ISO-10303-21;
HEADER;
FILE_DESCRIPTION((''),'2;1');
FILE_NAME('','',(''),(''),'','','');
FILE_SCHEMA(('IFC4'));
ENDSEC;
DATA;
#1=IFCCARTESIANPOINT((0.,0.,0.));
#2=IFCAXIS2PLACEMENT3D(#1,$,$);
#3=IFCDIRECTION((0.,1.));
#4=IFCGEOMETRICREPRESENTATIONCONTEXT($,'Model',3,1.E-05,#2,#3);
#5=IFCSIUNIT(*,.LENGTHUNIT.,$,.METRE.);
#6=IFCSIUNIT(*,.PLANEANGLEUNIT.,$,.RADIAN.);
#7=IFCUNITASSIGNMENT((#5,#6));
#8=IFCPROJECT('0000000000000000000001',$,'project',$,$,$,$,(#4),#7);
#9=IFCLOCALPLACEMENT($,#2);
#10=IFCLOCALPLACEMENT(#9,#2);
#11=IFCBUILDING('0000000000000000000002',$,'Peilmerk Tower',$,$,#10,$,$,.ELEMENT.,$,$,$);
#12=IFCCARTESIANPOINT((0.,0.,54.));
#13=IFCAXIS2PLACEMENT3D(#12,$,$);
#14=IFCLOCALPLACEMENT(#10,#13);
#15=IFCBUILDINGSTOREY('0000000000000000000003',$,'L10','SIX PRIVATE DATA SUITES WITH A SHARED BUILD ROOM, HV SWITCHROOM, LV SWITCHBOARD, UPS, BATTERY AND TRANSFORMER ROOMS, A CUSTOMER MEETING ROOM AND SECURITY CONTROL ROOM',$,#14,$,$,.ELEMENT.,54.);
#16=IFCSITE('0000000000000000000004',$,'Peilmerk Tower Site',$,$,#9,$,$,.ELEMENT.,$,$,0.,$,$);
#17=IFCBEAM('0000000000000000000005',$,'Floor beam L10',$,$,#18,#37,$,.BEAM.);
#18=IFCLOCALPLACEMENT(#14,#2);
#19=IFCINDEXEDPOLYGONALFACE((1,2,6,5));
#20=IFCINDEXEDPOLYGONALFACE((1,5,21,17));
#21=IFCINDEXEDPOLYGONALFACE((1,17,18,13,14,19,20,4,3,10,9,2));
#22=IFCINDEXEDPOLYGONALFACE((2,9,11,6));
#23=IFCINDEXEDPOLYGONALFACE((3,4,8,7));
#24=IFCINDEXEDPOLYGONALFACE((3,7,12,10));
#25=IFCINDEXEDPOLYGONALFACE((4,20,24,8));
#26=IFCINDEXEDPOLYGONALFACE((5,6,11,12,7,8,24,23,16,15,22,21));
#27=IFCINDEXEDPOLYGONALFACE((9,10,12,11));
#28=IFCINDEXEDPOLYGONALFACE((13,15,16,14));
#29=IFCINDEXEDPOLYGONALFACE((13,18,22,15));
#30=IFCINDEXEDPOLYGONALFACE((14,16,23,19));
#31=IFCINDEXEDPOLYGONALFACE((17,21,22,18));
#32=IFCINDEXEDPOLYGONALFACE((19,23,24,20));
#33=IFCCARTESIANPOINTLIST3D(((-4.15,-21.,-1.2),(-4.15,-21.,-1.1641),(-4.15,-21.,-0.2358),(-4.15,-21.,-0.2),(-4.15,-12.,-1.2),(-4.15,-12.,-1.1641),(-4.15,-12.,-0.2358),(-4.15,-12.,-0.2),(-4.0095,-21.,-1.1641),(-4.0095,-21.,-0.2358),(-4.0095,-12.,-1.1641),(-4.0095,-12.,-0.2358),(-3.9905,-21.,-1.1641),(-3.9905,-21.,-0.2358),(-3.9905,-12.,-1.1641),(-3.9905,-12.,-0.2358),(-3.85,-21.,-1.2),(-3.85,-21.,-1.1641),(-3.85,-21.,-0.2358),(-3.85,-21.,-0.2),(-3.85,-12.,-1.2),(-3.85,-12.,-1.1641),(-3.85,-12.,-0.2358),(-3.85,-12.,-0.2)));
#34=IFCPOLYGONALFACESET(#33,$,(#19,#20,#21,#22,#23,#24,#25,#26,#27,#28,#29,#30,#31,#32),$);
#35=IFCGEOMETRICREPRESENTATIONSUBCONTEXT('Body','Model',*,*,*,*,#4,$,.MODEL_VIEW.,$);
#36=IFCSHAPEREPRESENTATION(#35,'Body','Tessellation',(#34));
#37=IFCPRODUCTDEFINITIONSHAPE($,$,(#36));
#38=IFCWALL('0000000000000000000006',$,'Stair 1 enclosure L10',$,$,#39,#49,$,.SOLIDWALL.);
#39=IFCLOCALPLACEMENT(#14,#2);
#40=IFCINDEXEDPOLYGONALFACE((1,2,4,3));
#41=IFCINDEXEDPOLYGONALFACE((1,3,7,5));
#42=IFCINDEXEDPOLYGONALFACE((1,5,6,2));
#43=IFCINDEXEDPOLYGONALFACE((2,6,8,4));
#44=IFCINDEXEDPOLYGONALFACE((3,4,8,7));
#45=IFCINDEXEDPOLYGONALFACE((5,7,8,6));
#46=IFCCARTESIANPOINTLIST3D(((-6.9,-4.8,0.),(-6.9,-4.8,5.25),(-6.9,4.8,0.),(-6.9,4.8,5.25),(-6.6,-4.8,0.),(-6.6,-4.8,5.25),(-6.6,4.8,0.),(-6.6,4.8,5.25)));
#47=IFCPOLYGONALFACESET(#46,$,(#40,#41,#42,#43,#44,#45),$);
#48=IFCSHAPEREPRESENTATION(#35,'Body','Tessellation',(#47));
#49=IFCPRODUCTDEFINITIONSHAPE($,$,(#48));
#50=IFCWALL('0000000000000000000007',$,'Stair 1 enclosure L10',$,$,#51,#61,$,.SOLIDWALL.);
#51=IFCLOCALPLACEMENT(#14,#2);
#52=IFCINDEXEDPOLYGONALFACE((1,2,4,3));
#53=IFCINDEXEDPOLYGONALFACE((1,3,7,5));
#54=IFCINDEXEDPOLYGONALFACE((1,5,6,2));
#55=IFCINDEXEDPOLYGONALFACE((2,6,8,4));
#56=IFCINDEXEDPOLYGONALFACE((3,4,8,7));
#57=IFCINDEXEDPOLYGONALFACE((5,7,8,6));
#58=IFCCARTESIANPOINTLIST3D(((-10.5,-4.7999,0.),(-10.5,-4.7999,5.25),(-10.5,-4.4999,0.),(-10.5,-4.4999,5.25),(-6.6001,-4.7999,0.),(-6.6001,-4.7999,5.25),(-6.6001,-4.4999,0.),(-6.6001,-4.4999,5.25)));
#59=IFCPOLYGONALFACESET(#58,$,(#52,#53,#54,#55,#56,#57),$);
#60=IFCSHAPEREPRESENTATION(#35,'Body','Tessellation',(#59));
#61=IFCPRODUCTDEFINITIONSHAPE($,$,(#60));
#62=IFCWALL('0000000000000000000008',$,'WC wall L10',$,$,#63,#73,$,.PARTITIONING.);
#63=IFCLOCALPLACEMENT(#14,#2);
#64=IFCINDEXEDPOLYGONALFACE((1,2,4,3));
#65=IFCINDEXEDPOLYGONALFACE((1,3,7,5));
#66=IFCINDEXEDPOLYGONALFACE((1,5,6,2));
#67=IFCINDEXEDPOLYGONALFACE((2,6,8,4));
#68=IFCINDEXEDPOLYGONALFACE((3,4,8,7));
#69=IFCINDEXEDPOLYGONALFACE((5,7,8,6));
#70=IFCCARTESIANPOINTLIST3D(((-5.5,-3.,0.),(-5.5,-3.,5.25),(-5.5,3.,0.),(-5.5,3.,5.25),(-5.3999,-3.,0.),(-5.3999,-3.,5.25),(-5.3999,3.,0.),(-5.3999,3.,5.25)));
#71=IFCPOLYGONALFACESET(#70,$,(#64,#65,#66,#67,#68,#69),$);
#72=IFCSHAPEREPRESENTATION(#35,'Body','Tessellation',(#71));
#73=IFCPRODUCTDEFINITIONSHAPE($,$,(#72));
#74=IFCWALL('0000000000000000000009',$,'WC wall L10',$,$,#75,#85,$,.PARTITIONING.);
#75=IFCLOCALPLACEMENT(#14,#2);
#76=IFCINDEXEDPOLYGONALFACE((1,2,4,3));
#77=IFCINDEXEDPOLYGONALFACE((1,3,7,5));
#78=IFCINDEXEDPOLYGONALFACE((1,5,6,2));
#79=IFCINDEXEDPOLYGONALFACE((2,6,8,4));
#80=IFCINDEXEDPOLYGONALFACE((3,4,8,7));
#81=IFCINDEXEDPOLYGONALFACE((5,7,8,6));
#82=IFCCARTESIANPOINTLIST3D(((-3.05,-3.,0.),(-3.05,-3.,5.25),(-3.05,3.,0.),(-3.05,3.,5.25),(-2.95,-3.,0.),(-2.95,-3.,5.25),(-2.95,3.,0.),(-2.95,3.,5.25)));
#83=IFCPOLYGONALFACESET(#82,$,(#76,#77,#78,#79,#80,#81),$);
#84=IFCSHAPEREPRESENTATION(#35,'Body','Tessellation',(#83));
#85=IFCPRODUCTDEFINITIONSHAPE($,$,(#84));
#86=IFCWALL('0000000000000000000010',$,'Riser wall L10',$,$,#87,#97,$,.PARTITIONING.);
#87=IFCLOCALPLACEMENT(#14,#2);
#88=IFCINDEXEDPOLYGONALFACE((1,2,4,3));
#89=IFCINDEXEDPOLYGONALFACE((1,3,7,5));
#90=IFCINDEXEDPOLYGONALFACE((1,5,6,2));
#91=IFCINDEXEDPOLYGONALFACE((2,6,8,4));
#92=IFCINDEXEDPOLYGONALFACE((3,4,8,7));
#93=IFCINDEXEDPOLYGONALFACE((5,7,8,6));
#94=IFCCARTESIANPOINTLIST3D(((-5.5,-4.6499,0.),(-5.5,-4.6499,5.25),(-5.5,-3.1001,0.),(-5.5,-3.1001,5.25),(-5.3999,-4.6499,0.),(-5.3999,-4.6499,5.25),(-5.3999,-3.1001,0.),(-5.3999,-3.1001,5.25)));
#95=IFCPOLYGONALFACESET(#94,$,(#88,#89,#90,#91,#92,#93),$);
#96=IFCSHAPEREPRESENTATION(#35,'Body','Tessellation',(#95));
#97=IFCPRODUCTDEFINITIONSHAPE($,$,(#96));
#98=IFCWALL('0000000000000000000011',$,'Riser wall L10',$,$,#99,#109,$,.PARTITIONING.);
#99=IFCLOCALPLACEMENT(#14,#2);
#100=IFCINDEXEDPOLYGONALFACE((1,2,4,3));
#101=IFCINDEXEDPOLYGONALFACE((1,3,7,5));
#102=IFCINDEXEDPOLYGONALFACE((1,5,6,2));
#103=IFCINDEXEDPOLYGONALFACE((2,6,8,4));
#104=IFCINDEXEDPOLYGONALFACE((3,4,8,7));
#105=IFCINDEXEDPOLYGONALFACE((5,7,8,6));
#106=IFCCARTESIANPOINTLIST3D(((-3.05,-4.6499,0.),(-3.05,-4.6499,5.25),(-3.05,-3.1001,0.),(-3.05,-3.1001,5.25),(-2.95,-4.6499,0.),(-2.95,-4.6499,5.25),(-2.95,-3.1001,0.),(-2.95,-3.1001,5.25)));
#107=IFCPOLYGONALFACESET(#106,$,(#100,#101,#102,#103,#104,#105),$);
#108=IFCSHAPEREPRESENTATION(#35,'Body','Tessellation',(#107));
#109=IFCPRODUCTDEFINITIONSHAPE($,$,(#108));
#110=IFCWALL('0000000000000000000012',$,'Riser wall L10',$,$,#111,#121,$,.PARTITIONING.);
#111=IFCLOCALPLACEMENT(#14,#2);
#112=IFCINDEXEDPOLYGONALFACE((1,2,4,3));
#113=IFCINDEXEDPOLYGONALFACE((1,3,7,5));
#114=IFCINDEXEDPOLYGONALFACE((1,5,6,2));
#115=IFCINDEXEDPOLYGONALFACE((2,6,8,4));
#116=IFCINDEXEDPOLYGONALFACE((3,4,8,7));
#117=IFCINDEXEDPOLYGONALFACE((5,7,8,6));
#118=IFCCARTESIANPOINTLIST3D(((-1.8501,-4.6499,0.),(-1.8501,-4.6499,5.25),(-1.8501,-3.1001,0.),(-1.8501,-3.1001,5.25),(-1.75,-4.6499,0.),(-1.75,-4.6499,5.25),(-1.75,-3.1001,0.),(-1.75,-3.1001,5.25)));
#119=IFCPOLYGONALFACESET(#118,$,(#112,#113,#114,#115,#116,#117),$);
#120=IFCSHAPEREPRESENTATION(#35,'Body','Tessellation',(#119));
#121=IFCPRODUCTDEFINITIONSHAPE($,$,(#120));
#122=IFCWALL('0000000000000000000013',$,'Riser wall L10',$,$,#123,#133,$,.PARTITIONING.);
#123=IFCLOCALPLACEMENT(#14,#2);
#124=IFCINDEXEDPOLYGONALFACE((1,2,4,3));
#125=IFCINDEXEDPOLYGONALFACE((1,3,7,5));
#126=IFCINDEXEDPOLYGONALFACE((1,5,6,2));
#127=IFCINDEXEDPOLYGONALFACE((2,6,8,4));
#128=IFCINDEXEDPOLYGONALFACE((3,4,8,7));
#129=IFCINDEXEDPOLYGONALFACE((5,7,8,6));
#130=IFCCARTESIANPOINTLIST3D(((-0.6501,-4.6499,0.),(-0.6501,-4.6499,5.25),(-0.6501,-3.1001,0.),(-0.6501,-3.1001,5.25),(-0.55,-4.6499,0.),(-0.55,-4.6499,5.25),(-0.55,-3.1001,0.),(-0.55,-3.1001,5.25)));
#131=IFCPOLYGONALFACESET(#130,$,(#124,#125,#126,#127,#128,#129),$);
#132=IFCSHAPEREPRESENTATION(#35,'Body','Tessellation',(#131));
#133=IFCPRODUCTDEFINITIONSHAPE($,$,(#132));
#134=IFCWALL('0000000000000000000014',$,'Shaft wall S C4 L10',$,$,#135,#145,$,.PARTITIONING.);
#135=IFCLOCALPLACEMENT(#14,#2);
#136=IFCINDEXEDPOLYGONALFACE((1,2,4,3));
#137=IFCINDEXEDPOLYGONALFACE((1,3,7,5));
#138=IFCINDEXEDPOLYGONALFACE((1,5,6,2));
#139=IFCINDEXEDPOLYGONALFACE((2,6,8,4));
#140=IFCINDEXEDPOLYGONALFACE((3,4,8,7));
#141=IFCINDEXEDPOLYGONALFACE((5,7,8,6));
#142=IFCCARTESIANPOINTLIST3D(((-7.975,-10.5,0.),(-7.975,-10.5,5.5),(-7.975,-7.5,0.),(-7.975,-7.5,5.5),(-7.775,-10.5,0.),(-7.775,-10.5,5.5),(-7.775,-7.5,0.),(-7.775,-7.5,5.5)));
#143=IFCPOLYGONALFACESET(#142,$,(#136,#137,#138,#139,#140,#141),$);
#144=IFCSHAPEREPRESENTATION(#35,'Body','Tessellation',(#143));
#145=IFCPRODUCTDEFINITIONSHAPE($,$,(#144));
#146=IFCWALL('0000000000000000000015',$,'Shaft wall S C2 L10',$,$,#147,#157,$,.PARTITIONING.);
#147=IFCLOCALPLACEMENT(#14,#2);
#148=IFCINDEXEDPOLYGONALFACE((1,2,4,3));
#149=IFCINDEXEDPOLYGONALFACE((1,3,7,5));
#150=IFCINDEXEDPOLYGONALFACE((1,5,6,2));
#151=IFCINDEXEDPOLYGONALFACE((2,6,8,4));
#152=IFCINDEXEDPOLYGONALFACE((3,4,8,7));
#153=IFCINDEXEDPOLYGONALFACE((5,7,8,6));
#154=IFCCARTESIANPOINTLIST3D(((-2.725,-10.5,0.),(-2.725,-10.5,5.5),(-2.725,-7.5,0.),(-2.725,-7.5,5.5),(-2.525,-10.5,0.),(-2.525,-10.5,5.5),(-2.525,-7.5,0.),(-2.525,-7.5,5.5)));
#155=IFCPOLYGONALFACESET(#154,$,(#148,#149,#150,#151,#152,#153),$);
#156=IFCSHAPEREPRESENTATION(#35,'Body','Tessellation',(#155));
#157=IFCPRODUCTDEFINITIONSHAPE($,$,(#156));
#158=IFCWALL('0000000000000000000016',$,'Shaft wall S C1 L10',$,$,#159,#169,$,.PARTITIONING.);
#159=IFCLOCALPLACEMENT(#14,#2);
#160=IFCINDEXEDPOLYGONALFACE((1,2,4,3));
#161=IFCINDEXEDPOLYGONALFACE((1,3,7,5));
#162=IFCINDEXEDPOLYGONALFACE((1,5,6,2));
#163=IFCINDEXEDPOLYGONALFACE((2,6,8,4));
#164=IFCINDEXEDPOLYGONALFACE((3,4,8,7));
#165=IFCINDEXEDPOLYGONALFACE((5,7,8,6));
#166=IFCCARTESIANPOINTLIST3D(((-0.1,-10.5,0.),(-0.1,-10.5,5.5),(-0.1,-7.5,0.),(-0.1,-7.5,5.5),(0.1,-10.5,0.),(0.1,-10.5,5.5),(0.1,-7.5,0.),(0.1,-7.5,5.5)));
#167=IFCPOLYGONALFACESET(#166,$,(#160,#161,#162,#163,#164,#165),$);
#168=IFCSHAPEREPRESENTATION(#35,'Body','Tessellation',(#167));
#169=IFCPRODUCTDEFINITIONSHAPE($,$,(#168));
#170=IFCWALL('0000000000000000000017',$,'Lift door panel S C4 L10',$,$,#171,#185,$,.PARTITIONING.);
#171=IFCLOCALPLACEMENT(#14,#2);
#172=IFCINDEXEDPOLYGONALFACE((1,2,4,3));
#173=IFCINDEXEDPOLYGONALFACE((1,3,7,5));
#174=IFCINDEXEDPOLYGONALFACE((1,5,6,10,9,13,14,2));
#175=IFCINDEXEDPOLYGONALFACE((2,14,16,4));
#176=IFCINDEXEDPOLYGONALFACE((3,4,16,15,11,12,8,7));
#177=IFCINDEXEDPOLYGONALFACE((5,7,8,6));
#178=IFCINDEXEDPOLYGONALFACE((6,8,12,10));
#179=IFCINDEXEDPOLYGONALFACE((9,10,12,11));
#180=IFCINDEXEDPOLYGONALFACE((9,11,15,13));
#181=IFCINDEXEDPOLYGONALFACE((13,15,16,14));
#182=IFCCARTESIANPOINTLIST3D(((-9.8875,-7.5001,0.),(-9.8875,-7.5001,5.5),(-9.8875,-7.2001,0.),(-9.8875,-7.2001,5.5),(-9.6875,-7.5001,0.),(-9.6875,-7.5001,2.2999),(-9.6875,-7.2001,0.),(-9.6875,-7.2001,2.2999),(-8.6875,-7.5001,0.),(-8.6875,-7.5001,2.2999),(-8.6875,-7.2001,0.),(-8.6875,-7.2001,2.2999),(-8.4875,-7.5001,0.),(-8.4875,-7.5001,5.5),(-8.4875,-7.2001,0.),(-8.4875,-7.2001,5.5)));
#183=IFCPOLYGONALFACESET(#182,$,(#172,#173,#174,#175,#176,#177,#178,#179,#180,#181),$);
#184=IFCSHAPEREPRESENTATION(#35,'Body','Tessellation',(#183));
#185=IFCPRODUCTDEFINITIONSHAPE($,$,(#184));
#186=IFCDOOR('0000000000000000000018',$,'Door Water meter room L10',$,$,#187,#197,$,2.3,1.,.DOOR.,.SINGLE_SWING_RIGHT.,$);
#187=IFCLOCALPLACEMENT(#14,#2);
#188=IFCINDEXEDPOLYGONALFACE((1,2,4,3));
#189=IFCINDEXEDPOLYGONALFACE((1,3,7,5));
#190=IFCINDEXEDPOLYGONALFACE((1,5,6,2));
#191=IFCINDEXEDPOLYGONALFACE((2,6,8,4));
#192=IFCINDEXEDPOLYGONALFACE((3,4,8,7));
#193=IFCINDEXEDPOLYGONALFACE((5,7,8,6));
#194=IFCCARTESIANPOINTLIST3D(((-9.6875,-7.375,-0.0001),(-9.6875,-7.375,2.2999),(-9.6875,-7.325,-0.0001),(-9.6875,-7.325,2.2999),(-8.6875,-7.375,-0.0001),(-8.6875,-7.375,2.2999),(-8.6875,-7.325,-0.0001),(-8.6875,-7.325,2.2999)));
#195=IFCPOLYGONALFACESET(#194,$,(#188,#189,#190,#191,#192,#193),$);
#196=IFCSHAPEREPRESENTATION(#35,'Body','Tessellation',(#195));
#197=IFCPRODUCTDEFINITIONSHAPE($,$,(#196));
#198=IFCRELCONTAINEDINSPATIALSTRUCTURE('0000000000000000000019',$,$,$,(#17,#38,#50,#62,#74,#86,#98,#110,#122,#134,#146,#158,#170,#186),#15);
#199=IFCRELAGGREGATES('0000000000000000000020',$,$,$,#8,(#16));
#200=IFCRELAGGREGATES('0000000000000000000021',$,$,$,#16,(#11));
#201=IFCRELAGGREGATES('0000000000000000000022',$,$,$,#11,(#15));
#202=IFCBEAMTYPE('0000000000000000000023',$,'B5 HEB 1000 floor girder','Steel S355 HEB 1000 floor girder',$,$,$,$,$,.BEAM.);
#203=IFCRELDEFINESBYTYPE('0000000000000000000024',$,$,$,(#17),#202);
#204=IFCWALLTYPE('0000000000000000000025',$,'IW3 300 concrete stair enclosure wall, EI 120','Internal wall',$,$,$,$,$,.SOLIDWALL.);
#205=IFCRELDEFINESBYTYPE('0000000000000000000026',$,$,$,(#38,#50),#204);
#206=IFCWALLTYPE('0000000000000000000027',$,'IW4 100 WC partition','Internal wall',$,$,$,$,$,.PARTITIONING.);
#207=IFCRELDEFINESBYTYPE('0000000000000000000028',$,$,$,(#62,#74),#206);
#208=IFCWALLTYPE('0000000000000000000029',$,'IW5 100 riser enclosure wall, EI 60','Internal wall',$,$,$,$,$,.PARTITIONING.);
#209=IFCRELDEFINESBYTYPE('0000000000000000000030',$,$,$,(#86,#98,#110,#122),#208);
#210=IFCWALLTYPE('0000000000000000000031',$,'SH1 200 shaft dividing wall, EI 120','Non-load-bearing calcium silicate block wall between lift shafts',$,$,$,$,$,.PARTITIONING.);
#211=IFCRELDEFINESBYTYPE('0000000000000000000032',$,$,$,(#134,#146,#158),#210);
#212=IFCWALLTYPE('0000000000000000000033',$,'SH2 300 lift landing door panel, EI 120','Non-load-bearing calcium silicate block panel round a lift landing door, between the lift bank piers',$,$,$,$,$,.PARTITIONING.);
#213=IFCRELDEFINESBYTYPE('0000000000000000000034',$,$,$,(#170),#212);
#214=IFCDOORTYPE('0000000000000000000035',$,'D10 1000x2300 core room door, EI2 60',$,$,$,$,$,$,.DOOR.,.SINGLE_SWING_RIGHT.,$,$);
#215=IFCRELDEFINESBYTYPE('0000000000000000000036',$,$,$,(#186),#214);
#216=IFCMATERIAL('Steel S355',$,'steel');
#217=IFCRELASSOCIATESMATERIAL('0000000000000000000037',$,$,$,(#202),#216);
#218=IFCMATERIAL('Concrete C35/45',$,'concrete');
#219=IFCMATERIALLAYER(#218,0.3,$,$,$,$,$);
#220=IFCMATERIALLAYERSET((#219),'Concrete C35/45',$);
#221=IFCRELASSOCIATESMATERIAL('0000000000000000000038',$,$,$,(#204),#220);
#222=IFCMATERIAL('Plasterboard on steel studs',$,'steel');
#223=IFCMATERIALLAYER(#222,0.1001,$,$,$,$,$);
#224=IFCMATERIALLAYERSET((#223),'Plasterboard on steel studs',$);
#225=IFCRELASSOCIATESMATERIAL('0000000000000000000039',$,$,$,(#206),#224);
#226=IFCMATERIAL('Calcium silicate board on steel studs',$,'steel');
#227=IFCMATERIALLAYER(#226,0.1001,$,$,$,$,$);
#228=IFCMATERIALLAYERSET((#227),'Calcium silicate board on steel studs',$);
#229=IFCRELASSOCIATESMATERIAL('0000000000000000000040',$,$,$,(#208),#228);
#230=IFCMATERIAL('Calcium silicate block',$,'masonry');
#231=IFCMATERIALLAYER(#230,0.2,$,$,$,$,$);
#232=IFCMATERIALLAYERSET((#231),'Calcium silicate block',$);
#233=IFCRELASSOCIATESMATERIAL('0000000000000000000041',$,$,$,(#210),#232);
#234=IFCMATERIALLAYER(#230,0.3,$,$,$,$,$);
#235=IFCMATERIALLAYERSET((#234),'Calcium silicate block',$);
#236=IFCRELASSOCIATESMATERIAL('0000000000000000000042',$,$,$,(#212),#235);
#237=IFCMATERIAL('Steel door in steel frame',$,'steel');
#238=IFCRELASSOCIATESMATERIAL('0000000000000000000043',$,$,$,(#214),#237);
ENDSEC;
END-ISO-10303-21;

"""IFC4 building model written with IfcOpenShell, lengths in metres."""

from ifc_helpers import new_model, si_unit, direction, frame, frame_2d, origin, origin_2d, place, context, subcontext, project, spatial, rectangle, i_section, extrude, material, layer, layer_set, material_profile, profile_set, type_object, element, fill, save


model = new_model("IFC4")

# Units and contexts
model_context = context("Model", 3, precision=1e-05, world=origin(), true_north=direction((0.0, 1.0)))
body_context = subcontext(model_context, "Body", "Model", "MODEL_VIEW")
ifc_project = project(units=[si_unit("LENGTHUNIT", "METRE"), si_unit("PLANEANGLEUNIT", "RADIAN")], contexts=[model_context])

# Site, building, storey
site_placement = place(None, origin())
site = spatial("IfcSite", under=ifc_project, at=site_placement, Name="Peilmerk Tower Site", CompositionType="ELEMENT", RefElevation=0.0)
building_placement = place(site_placement, origin())
building = spatial("IfcBuilding", under=site, at=building_placement, Name="Peilmerk Tower", CompositionType="ELEMENT")
storey_placement = place(building_placement, frame((0.0, 0.0, 54.0)))
storey = spatial("IfcBuildingStorey", under=building, at=storey_placement, Name="L10", Description="SIX PRIVATE DATA SUITES WITH A SHARED BUILD ROOM, HV SWITCHROOM, LV SWITCHBOARD, UPS, BATTERY AND TRANSFORMER ROOMS, A CUSTOMER MEETING ROOM AND SECURITY CONTROL ROOM", CompositionType="ELEMENT", Elevation=54.0)

# Beam
ifc_material_1 = material(Name="Steel S355", Category="steel")
ifc_material_profile = material_profile(ifc_material_1, i_section(OverallWidth=0.3, OverallDepth=1.0, WebThickness=0.019, FlangeThickness=0.0359, at=origin_2d()), Name="HEB 1000")
ifc_profile_set = profile_set([ifc_material_profile], Name="Steel S355")
beam_type = type_object("IfcBeamType", Name="B5 HEB 1000 floor girder", Description="Steel S355 HEB 1000 floor girder", PredefinedType="BEAM", material=ifc_profile_set)
beam_placement = place(storey_placement, frame((-4.0, -12.0, -0.7), z_axis=(0.0, -1.0, 0.0), x_axis=(1.0, 0.0, 0.0)))
element("IfcBeam", 1, at=beam_placement, inside=storey, type_object=beam_type, Name="Floor beam L10", PredefinedType="BEAM", context=body_context, shape_type="SweptSolid", body=[
    extrude(i_section(OverallWidth=0.3, OverallDepth=1.0, WebThickness=0.019, FlangeThickness=0.0359, at=origin_2d()), origin(), (0.0, 0.0, 1.0), 9.0),
])

# Walls
ifc_material_2 = material(Name="Concrete C35/45", Category="concrete")
ifc_layer_1 = layer(ifc_material_2, 0.3)
ifc_layer_set_1 = layer_set([ifc_layer_1], Name="Concrete C35/45")
wall_type_1 = type_object("IfcWallType", Name="IW3 300 concrete stair enclosure wall, EI 120", Description="Internal wall", PredefinedType="SOLIDWALL", material=ifc_layer_set_1)
wall_1_placement = place(storey_placement, frame((-6.75, -4.8, 0.0), z_axis=(0.0, 0.0, 1.0), x_axis=(0.0, 1.0, 0.0)))
element("IfcWall", 2, at=wall_1_placement, inside=storey, type_object=wall_type_1, Name="Stair 1 enclosure L10", PredefinedType="SOLIDWALL", context=body_context, shape_type="SweptSolid", body=[
    extrude(rectangle(XDim=9.6001, YDim=0.3, at=frame_2d((4.8, 0.0))), origin(), (0.0, 0.0, 1.0), 5.25),
])
wall_2_placement = place(storey_placement, frame((-6.6001, -4.6499, 0.0), z_axis=(0.0, 0.0, 1.0), x_axis=(-1.0, 0.0, 0.0)))
element("IfcWall", 3, at=wall_2_placement, inside=storey, type_object=wall_type_1, Name="Stair 1 enclosure L10", PredefinedType="SOLIDWALL", context=body_context, shape_type="SweptSolid", body=[
    extrude(rectangle(XDim=3.8999, YDim=0.3, at=frame_2d((1.95, 0.0))), origin(), (0.0, 0.0, 1.0), 5.25),
])
ifc_material_3 = material(Name="Plasterboard on steel studs", Category="steel")
ifc_layer_2 = layer(ifc_material_3, 0.1001)
ifc_layer_set_2 = layer_set([ifc_layer_2], Name="Plasterboard on steel studs")
wall_type_2 = type_object("IfcWallType", Name="IW4 100 WC partition", Description="Internal wall", PredefinedType="PARTITIONING", material=ifc_layer_set_2)
for number, where, z_axis, x_axis, name in (
    (4, (-5.45, -3.0, 0.0), (0.0, 0.0, 1.0), (0.0, 1.0, 0.0), "WC wall L10"),
    (5, (-3.0, -3.0, 0.0), (0.0, 0.0, 1.0), (0.0, 1.0, 0.0), "WC wall L10"),
):
    element("IfcWall", number, at=place(storey_placement, frame(where, z_axis=z_axis, x_axis=x_axis)), inside=storey, type_object=wall_type_2, Name=name, PredefinedType="PARTITIONING", context=body_context, shape_type="SweptSolid", body=[
        extrude(rectangle(XDim=6.0, YDim=0.1001, at=frame_2d((3.0, 0.0))), origin(), (0.0, 0.0, 1.0), 5.25),
    ])
ifc_material_4 = material(Name="Calcium silicate board on steel studs", Category="steel")
ifc_layer_3 = layer(ifc_material_4, 0.1001)
ifc_layer_set_3 = layer_set([ifc_layer_3], Name="Calcium silicate board on steel studs")
wall_type_3 = type_object("IfcWallType", Name="IW5 100 riser enclosure wall, EI 60", Description="Internal wall", PredefinedType="PARTITIONING", material=ifc_layer_set_3)
for number, where, z_axis, x_axis, name in (
    (6, (-5.45, -3.1001, 0.0), (0.0, 0.0, 1.0), (0.0, -1.0, 0.0), "Riser wall L10"),
    (7, (-3.0, -3.1001, 0.0), (0.0, 0.0, 1.0), (0.0, -1.0, 0.0), "Riser wall L10"),
    (8, (-1.8, -3.1001, 0.0), (0.0, 0.0, 1.0), (0.0, -1.0, 0.0), "Riser wall L10"),
    (9, (-0.6001, -3.1001, 0.0), (0.0, 0.0, 1.0), (0.0, -1.0, 0.0), "Riser wall L10"),
):
    element("IfcWall", number, at=place(storey_placement, frame(where, z_axis=z_axis, x_axis=x_axis)), inside=storey, type_object=wall_type_3, Name=name, PredefinedType="PARTITIONING", context=body_context, shape_type="SweptSolid", body=[
        extrude(rectangle(XDim=1.5498, YDim=0.1001, at=frame_2d((0.7749, 0.0))), origin(), (0.0, 0.0, 1.0), 5.25),
    ])
ifc_material_5 = material(Name="Calcium silicate block", Category="masonry")
ifc_layer_4 = layer(ifc_material_5, 0.2)
ifc_layer_set_4 = layer_set([ifc_layer_4], Name="Calcium silicate block")
wall_type_4 = type_object("IfcWallType", Name="SH1 200 shaft dividing wall, EI 120", Description="Non-load-bearing calcium silicate block wall between lift shafts", PredefinedType="PARTITIONING", material=ifc_layer_set_4)
for number, where, z_axis, x_axis, name in (
    (10, (-7.875, -10.5, 0.0), (0.0, 0.0, 1.0), (0.0, 1.0, 0.0), "Shaft wall S C4 L10"),
    (11, (-2.625, -10.5, 0.0), (0.0, 0.0, 1.0), (0.0, 1.0, 0.0), "Shaft wall S C2 L10"),
    (12, (0.0, -10.5, 0.0), (0.0, 0.0, 1.0), (0.0, 1.0, 0.0), "Shaft wall S C1 L10"),
):
    element("IfcWall", number, at=place(storey_placement, frame(where, z_axis=z_axis, x_axis=x_axis)), inside=storey, type_object=wall_type_4, Name=name, PredefinedType="PARTITIONING", context=body_context, shape_type="SweptSolid", body=[
        extrude(rectangle(XDim=3.0, YDim=0.2, at=frame_2d((1.5, 0.0))), origin(), (0.0, 0.0, 1.0), 5.5),
    ])

# Wall, opening, door
ifc_layer_5 = layer(ifc_material_5, 0.3)
ifc_layer_set_5 = layer_set([ifc_layer_5], Name="Calcium silicate block")
wall_type_5 = type_object("IfcWallType", Name="SH2 300 lift landing door panel, EI 120", Description="Non-load-bearing calcium silicate block panel round a lift landing door, between the lift bank piers", PredefinedType="PARTITIONING", material=ifc_layer_set_5)
wall_3_placement = place(storey_placement, frame((-9.8875, -7.3501, 0.0), z_axis=(0.0, 0.0, 1.0), x_axis=(1.0, 0.0, 0.0)))
wall_3 = element("IfcWall", 13, at=wall_3_placement, inside=storey, type_object=wall_type_5, Name="Lift door panel S C4 L10", PredefinedType="PARTITIONING", context=body_context, shape_type="SweptSolid", body=[
    extrude(rectangle(XDim=1.3999, YDim=0.3, at=frame_2d((0.7, 0.0))), origin(), (0.0, 0.0, 1.0), 5.5),
])
opening_1_placement = place(wall_3_placement, frame((0.2, 0.0, 0.0)))
opening_1 = element("IfcOpeningElement", 14, at=opening_1_placement, cuts=wall_3, PredefinedType="OPENING", context=body_context, shape_type="SweptSolid", body=[
    extrude(rectangle(XDim=1.0, YDim=2.3, at=frame_2d((0.5, 1.1499))), frame((0.0, 0.1599, 0.0), z_axis=(0.0, -1.0, 0.0), x_axis=(1.0, 0.0, 0.0)), (0.0, 0.0, 1.0), 0.3201),
])
ifc_material_6 = material(Name="Steel door in steel frame", Category="steel")
door_type = type_object("IfcDoorType", Name="D10 1000x2300 core room door, EI2 60", OperationType="SINGLE_SWING_RIGHT", PredefinedType="DOOR", material=ifc_material_6)
door_1_placement = place(opening_1_placement, frame((1.0, 0.0, 0.0), z_axis=(0.0, 0.0, 1.0), x_axis=(-1.0, 0.0, 0.0)))
door_1 = element("IfcDoor", 15, at=door_1_placement, inside=storey, type_object=door_type, Name="Door Water meter room L10", OperationType="SINGLE_SWING_RIGHT", OverallHeight=2.3, OverallWidth=1.0, PredefinedType="DOOR", context=body_context, shape_type="SweptSolid", body=[
    extrude(rectangle(XDim=1.0, YDim=2.3, at=frame_2d((0.5, 1.1499))), frame((0.0, 0.0249, 0.0), z_axis=(0.0, -1.0, 0.0), x_axis=(1.0, 0.0, 0.0)), (0.0, 0.0, 1.0), 0.05),
])
fill(opening_1, door_1)

save(model, "model.ifc")
